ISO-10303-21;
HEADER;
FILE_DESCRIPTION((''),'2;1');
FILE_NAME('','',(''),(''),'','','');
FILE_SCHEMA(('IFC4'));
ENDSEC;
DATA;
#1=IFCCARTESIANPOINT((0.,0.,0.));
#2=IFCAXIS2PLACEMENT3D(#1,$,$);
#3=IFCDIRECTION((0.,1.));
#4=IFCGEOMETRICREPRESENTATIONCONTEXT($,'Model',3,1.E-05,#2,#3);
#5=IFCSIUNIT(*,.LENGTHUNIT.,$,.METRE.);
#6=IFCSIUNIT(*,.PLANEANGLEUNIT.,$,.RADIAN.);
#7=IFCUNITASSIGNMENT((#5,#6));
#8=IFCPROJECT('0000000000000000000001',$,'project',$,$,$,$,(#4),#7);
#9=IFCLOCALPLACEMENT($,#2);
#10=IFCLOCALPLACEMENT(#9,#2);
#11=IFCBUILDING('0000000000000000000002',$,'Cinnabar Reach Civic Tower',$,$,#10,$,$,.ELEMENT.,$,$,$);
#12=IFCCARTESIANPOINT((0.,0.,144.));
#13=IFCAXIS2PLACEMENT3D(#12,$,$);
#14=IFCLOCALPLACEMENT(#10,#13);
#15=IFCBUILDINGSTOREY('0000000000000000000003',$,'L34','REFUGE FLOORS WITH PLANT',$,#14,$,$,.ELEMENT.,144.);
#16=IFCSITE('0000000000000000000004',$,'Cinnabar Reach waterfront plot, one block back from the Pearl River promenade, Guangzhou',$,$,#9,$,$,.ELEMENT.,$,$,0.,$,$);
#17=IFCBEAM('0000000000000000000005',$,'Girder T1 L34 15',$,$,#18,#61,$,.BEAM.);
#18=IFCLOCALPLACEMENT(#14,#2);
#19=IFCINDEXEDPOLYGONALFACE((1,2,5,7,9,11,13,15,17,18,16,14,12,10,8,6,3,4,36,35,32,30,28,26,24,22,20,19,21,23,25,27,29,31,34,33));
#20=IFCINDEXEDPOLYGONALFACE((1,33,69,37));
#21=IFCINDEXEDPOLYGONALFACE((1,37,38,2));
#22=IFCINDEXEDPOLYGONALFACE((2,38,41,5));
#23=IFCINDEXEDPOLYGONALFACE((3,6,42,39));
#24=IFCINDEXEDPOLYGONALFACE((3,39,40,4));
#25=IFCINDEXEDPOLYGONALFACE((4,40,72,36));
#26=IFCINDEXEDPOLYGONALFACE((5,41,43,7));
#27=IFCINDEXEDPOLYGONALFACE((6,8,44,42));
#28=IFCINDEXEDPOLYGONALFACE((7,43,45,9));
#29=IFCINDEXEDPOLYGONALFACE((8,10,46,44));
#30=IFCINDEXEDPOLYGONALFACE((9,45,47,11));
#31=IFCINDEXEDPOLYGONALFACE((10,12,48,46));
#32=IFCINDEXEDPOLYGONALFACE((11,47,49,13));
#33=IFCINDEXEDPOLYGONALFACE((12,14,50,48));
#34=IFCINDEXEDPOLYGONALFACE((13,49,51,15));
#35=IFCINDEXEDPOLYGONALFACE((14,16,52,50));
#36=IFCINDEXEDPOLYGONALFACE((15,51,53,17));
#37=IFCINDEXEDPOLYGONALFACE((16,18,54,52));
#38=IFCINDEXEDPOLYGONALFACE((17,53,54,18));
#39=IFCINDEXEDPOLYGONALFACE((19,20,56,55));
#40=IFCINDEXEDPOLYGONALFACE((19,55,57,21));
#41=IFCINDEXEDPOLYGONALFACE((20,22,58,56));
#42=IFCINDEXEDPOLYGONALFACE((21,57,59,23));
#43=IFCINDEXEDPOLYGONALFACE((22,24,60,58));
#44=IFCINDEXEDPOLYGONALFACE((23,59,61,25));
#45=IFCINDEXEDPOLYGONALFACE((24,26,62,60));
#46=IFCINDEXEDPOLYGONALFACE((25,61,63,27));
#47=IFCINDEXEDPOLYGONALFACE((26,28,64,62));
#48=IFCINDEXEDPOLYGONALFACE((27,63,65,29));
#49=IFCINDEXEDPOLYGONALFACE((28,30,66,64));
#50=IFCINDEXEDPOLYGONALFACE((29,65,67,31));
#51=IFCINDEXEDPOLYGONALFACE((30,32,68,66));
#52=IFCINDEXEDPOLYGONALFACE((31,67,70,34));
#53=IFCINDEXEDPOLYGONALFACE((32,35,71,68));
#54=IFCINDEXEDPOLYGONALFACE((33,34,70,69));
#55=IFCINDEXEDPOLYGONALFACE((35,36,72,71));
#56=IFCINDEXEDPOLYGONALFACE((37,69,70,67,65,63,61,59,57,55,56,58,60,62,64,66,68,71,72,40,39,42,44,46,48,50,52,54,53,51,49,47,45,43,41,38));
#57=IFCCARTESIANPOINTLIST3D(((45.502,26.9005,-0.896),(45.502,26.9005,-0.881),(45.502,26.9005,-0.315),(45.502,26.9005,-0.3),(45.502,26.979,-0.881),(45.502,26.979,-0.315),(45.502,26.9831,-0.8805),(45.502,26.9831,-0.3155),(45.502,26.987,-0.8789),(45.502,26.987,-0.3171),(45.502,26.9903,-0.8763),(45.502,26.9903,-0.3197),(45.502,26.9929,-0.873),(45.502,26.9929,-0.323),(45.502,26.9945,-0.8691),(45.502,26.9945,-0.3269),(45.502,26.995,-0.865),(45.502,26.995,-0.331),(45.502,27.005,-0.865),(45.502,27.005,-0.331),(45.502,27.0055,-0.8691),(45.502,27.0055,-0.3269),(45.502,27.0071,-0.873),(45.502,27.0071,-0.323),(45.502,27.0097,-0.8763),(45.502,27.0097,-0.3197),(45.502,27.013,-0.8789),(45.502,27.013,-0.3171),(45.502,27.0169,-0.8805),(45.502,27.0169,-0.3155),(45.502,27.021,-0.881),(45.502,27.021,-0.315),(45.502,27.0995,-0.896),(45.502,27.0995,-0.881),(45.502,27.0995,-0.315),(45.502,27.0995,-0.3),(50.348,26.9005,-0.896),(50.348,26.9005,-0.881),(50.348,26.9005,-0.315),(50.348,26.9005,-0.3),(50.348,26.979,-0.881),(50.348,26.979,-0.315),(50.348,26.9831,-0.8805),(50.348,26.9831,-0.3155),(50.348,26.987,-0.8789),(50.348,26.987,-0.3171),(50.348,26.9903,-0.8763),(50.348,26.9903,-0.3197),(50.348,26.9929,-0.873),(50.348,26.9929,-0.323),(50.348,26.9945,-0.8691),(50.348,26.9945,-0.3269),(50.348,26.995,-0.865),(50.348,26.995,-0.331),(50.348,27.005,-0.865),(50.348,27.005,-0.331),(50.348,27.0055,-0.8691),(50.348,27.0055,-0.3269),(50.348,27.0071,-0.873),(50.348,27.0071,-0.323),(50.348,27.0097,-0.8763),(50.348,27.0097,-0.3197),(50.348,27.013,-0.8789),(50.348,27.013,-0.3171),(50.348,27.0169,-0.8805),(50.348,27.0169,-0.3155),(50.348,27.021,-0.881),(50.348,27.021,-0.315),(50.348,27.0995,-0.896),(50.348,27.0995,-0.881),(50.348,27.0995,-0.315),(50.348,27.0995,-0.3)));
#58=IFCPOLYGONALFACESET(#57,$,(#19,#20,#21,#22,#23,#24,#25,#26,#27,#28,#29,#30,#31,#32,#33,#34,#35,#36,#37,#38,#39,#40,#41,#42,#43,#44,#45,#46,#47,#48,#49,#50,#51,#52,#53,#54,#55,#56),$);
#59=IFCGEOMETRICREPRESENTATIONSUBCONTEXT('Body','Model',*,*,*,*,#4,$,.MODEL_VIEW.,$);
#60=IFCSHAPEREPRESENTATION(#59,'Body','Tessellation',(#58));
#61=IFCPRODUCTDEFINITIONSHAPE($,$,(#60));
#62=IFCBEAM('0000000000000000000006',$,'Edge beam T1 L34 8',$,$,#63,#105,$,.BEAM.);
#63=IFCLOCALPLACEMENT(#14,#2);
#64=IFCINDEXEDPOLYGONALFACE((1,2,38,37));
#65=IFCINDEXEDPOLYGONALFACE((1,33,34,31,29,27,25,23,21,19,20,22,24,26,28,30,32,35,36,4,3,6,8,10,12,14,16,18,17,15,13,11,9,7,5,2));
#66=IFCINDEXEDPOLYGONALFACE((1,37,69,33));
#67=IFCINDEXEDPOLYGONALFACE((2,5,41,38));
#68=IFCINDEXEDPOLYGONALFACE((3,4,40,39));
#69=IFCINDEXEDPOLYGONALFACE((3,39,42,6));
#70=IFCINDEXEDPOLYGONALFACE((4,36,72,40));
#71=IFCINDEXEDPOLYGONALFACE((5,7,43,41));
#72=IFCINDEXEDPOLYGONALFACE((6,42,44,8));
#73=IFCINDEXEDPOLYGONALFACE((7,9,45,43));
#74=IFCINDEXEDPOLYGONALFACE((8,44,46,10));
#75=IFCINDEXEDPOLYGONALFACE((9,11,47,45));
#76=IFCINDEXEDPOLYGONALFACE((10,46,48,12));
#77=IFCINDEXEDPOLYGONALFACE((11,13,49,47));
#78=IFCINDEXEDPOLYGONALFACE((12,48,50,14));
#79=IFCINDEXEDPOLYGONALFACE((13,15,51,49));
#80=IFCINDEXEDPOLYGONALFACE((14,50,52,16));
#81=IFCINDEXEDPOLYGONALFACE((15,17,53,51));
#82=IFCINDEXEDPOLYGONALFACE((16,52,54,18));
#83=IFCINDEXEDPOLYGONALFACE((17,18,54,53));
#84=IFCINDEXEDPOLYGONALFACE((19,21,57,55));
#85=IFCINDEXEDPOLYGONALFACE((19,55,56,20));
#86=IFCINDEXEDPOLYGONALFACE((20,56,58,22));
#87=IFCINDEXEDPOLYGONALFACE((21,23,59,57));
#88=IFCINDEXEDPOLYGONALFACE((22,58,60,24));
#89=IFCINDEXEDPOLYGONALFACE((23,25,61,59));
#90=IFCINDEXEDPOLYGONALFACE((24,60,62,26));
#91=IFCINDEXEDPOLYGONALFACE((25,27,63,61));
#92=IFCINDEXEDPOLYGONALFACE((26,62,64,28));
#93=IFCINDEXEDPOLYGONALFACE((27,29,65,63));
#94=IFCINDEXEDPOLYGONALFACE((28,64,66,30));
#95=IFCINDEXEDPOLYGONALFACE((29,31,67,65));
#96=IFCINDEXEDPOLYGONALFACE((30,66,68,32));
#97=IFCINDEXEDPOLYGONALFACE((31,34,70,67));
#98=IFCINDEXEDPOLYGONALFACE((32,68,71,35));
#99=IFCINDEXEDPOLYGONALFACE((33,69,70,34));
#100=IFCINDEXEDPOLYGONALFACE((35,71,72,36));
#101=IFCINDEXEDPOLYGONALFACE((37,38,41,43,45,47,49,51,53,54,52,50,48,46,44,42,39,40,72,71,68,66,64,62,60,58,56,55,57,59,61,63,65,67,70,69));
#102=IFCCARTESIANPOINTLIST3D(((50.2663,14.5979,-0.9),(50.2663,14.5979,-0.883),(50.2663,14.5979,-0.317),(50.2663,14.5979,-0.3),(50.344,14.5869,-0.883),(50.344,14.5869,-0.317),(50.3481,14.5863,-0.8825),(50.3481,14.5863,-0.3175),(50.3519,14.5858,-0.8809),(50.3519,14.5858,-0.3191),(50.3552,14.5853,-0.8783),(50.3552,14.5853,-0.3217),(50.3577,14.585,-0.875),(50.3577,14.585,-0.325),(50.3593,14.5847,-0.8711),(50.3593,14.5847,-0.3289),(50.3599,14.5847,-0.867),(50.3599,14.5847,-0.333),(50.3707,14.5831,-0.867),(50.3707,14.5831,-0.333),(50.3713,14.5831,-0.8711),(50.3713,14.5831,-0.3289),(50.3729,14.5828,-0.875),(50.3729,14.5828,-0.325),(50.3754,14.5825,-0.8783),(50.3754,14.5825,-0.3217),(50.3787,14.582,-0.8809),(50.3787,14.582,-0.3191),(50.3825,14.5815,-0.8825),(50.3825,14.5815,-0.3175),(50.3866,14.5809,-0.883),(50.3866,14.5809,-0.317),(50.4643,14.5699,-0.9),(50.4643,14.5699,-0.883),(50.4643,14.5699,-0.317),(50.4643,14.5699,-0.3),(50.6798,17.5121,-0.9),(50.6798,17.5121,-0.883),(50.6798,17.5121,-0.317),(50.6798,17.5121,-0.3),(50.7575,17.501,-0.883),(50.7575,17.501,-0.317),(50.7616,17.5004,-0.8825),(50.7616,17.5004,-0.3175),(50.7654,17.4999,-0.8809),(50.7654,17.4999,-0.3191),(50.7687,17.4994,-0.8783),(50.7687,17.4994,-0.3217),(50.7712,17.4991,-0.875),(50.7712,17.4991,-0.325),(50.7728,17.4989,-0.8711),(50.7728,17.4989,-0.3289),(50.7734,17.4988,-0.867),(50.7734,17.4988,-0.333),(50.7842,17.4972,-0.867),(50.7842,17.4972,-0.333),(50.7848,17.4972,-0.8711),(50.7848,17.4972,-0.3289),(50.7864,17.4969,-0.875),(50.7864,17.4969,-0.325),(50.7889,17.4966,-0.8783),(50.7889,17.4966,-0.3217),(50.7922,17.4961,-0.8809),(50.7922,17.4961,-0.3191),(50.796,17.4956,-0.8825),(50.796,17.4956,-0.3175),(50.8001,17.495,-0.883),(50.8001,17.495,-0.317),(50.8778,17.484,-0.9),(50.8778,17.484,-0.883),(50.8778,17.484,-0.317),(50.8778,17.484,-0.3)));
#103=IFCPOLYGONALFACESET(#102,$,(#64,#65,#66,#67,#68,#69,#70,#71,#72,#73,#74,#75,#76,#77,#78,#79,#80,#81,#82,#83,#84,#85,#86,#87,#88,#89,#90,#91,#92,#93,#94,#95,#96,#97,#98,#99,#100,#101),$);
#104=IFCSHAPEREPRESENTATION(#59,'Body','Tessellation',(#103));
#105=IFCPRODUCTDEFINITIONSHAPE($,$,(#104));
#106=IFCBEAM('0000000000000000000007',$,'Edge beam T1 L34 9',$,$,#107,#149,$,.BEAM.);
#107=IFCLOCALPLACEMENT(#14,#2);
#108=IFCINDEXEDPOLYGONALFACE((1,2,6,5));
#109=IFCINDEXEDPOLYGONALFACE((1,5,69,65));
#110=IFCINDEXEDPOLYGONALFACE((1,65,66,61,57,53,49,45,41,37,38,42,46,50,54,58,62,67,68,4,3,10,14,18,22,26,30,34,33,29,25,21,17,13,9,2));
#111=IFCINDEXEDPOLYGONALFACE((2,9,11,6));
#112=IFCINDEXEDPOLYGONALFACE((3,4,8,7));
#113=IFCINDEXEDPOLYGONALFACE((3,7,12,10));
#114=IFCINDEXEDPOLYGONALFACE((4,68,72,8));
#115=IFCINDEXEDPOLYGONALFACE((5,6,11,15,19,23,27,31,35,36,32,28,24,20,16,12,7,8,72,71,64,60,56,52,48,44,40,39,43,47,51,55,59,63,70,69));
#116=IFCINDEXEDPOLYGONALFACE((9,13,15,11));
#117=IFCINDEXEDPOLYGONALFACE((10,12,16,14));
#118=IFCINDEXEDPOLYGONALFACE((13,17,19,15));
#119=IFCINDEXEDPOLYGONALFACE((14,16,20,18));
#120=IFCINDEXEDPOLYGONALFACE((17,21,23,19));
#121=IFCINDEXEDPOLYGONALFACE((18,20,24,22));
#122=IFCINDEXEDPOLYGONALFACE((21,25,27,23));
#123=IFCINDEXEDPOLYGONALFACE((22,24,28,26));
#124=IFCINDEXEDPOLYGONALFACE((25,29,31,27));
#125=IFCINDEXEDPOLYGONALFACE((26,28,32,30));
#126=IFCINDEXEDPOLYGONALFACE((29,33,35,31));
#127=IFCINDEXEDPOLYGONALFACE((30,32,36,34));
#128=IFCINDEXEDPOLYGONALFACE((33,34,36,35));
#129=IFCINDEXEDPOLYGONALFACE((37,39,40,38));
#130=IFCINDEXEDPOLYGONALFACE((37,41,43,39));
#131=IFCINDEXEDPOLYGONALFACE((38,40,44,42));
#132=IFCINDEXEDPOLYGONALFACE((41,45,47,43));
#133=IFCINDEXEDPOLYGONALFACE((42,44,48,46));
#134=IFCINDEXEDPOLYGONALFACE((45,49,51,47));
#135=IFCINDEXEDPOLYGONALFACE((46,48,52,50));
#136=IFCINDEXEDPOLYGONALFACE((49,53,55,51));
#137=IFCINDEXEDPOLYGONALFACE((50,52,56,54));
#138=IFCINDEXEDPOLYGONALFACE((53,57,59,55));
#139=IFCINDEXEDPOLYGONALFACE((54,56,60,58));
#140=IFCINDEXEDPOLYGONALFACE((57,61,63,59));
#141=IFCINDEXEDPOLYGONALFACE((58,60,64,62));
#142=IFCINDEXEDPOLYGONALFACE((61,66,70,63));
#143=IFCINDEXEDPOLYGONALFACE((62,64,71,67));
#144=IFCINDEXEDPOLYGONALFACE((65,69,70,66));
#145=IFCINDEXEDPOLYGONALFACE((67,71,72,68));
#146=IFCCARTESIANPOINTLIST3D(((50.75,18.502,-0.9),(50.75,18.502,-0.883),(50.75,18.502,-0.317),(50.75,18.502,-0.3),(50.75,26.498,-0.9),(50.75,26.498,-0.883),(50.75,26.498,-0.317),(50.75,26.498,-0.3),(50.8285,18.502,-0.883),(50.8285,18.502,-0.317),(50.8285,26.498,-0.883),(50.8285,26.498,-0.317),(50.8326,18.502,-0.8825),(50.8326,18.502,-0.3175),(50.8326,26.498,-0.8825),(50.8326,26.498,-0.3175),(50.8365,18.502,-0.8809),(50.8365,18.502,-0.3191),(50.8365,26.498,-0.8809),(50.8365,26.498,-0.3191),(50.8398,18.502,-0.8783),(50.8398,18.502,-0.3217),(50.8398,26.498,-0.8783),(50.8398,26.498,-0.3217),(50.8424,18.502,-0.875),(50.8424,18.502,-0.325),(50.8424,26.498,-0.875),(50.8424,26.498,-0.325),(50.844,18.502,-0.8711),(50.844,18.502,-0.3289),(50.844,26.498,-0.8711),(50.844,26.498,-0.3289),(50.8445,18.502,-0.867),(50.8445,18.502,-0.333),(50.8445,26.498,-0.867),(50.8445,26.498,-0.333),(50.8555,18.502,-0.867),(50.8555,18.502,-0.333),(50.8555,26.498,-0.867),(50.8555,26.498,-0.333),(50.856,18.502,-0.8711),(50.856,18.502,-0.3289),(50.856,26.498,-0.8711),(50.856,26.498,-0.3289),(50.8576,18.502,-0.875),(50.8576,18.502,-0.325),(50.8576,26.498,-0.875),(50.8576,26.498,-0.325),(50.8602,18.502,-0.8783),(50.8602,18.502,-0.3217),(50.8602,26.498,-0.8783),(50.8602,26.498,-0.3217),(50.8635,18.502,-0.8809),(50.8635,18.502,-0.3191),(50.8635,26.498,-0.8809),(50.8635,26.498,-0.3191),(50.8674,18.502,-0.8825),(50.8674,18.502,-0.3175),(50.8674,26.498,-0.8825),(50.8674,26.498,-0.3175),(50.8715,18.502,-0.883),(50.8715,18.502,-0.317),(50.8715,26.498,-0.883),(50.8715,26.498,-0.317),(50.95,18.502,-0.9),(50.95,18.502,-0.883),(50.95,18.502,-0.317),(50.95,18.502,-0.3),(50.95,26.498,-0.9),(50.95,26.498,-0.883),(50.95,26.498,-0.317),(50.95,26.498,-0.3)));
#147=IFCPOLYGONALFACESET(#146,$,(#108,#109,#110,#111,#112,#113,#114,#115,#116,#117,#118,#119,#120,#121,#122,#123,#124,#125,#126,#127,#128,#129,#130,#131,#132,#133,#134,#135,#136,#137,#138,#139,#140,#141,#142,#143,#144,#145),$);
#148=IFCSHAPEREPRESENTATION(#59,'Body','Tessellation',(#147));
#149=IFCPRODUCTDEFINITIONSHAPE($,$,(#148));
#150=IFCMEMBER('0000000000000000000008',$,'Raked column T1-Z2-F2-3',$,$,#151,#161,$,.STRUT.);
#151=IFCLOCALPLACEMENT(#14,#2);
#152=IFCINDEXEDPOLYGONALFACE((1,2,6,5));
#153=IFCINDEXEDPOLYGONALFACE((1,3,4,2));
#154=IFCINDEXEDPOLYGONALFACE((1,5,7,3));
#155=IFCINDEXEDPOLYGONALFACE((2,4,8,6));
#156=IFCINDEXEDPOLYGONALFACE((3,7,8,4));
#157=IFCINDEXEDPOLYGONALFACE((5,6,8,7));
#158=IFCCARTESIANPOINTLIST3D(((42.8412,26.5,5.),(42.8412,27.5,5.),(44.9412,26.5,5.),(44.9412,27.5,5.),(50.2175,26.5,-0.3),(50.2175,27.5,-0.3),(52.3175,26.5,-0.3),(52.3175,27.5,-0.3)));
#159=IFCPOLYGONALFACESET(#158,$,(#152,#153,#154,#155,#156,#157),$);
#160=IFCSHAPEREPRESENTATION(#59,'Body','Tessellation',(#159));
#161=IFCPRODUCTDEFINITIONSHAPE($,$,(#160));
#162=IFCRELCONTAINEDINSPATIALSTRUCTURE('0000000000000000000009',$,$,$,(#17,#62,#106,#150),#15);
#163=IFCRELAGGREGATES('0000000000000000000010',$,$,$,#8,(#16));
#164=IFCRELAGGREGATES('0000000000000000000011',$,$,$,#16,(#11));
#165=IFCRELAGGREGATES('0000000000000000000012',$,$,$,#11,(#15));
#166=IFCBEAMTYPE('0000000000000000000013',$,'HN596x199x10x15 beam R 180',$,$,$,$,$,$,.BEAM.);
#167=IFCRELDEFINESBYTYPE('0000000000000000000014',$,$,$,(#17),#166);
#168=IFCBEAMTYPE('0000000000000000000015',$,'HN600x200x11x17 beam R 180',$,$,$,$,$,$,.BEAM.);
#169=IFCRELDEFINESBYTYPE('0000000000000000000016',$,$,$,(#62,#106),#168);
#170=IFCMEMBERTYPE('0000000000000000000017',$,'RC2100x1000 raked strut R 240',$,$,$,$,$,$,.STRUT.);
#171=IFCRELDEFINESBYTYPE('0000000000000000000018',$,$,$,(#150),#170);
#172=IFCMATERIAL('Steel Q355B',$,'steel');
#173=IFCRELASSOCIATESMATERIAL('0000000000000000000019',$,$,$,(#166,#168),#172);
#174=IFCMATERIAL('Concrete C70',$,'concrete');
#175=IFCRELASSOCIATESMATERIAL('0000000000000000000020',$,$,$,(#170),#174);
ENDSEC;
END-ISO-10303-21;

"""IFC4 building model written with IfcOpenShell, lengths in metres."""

from ifc_helpers import new_model, si_unit, direction, frame, origin, origin_2d, place, context, subcontext, project, spatial, rectangle, i_section, extrude, material, material_profile, profile_set, type_object, element, save


model = new_model("IFC4")

# Units and contexts
model_context = context("Model", 3, precision=1e-05, world=origin(), true_north=direction((0.0, 1.0)))
body_context = subcontext(model_context, "Body", "Model", "MODEL_VIEW")
ifc_project = project(units=[si_unit("LENGTHUNIT", "METRE"), si_unit("PLANEANGLEUNIT", "RADIAN")], contexts=[model_context])

# Site, building, storey
site_placement = place(None, origin())
site = spatial("IfcSite", under=ifc_project, at=site_placement, Name="Cinnabar Reach waterfront plot, one block back from the Pearl River promenade, Guangzhou", CompositionType="ELEMENT", RefElevation=0.0)
building_placement = place(site_placement, origin())
building = spatial("IfcBuilding", under=site, at=building_placement, Name="Cinnabar Reach Civic Tower", CompositionType="ELEMENT")
storey_placement = place(building_placement, frame((0.0, 0.0, 144.0)))
storey = spatial("IfcBuildingStorey", under=building, at=storey_placement, Name="L34", Description="REFUGE FLOORS WITH PLANT", CompositionType="ELEMENT", Elevation=144.0)

# Shared definitions
ifc_material_1 = material(Name="Concrete C70", Category="concrete")

# Beams
ifc_material_2 = material(Name="Steel Q355B", Category="steel")
ifc_material_profile_1 = material_profile(ifc_material_2, i_section(OverallWidth=0.199, OverallDepth=0.596, WebThickness=0.01, FlangeThickness=0.015, FilletRadius=0.016, at=origin_2d()), Name="HN596x199x10x15")
ifc_profile_set_1 = profile_set([ifc_material_profile_1], Name="Steel Q355B")
beam_type_1 = type_object("IfcBeamType", Name="HN596x199x10x15 beam R 180", PredefinedType="BEAM", material=ifc_profile_set_1)
for number, where, z_axis, x_axis, name in (
    (1, (45.502, 27.0, -0.598), (1.0, 0.0, 0.0), (0.0, 1.0, 0.0), "Girder T1 L34 15"),
):
    element("IfcBeam", number, at=place(storey_placement, frame(where, z_axis=z_axis, x_axis=x_axis)), inside=storey, type_object=beam_type_1, Name=name, PredefinedType="BEAM", context=body_context, shape_type="SweptSolid", body=[
        extrude(i_section(OverallWidth=0.199, OverallDepth=0.596, WebThickness=0.01, FlangeThickness=0.015, FilletRadius=0.016, at=origin_2d()), origin(), (0.0, 0.0, 1.0), 4.846),
    ])
ifc_material_profile_2 = material_profile(ifc_material_2, i_section(OverallWidth=0.2, OverallDepth=0.6, WebThickness=0.011, FlangeThickness=0.017, FilletRadius=0.016, at=origin_2d()), Name="HN600x200x11x17")
ifc_profile_set_2 = profile_set([ifc_material_profile_2], Name="Steel Q355B")
beam_type_2 = type_object("IfcBeamType", Name="HN600x200x11x17 beam R 180", PredefinedType="BEAM", material=ifc_profile_set_2)
beam_1_placement = place(storey_placement, frame((50.3653, 14.5839, -0.6), z_axis=(0.140489, 0.990082, 0.0), x_axis=(-0.990082, 0.140489, 0.0)))
element("IfcBeam", 2, at=beam_1_placement, inside=storey, type_object=beam_type_2, Name="Edge beam T1 L34 8", PredefinedType="BEAM", context=body_context, shape_type="SweptSolid", body=[
    extrude(i_section(OverallWidth=0.2, OverallDepth=0.6, WebThickness=0.011, FlangeThickness=0.017, FilletRadius=0.016, at=origin_2d()), origin(), (0.0, 0.0, 1.0), 2.9433),
])
beam_2_placement = place(storey_placement, frame((50.85, 18.502, -0.6), z_axis=(0.0, 1.0, 0.0), x_axis=(-1.0, 0.0, 0.0)))
element("IfcBeam", 3, at=beam_2_placement, inside=storey, type_object=beam_type_2, Name="Edge beam T1 L34 9", PredefinedType="BEAM", context=body_context, shape_type="SweptSolid", body=[
    extrude(i_section(OverallWidth=0.2, OverallDepth=0.6, WebThickness=0.011, FlangeThickness=0.017, FilletRadius=0.016, at=origin_2d()), origin(), (0.0, 0.0, 1.0), 7.996),
])

# Member
ifc_material_profile_3 = material_profile(ifc_material_1, rectangle(XDim=2.1, YDim=1.0, at=origin_2d()), Name="RC2100x1000")
ifc_profile_set_3 = profile_set([ifc_material_profile_3], Name="Concrete C70")
member_type = type_object("IfcMemberType", Name="RC2100x1000 raked strut R 240", PredefinedType="STRUT", material=ifc_profile_set_3)
member_placement = place(storey_placement, frame((51.2675, 27.0, -0.3), z_axis=(0.0, 0.0, 1.0), x_axis=(-1.0, 0.0, 0.0)))
element("IfcMember", 4, at=member_placement, inside=storey, type_object=member_type, Name="Raked column T1-Z2-F2-3", PredefinedType="STRUT", context=body_context, shape_type="SweptSolid", body=[
    extrude(rectangle(XDim=2.1, YDim=1.0, at=origin_2d()), origin(), (0.812105, 0.0, 0.583511), 9.0829),
])

save(model, "model.ifc")
